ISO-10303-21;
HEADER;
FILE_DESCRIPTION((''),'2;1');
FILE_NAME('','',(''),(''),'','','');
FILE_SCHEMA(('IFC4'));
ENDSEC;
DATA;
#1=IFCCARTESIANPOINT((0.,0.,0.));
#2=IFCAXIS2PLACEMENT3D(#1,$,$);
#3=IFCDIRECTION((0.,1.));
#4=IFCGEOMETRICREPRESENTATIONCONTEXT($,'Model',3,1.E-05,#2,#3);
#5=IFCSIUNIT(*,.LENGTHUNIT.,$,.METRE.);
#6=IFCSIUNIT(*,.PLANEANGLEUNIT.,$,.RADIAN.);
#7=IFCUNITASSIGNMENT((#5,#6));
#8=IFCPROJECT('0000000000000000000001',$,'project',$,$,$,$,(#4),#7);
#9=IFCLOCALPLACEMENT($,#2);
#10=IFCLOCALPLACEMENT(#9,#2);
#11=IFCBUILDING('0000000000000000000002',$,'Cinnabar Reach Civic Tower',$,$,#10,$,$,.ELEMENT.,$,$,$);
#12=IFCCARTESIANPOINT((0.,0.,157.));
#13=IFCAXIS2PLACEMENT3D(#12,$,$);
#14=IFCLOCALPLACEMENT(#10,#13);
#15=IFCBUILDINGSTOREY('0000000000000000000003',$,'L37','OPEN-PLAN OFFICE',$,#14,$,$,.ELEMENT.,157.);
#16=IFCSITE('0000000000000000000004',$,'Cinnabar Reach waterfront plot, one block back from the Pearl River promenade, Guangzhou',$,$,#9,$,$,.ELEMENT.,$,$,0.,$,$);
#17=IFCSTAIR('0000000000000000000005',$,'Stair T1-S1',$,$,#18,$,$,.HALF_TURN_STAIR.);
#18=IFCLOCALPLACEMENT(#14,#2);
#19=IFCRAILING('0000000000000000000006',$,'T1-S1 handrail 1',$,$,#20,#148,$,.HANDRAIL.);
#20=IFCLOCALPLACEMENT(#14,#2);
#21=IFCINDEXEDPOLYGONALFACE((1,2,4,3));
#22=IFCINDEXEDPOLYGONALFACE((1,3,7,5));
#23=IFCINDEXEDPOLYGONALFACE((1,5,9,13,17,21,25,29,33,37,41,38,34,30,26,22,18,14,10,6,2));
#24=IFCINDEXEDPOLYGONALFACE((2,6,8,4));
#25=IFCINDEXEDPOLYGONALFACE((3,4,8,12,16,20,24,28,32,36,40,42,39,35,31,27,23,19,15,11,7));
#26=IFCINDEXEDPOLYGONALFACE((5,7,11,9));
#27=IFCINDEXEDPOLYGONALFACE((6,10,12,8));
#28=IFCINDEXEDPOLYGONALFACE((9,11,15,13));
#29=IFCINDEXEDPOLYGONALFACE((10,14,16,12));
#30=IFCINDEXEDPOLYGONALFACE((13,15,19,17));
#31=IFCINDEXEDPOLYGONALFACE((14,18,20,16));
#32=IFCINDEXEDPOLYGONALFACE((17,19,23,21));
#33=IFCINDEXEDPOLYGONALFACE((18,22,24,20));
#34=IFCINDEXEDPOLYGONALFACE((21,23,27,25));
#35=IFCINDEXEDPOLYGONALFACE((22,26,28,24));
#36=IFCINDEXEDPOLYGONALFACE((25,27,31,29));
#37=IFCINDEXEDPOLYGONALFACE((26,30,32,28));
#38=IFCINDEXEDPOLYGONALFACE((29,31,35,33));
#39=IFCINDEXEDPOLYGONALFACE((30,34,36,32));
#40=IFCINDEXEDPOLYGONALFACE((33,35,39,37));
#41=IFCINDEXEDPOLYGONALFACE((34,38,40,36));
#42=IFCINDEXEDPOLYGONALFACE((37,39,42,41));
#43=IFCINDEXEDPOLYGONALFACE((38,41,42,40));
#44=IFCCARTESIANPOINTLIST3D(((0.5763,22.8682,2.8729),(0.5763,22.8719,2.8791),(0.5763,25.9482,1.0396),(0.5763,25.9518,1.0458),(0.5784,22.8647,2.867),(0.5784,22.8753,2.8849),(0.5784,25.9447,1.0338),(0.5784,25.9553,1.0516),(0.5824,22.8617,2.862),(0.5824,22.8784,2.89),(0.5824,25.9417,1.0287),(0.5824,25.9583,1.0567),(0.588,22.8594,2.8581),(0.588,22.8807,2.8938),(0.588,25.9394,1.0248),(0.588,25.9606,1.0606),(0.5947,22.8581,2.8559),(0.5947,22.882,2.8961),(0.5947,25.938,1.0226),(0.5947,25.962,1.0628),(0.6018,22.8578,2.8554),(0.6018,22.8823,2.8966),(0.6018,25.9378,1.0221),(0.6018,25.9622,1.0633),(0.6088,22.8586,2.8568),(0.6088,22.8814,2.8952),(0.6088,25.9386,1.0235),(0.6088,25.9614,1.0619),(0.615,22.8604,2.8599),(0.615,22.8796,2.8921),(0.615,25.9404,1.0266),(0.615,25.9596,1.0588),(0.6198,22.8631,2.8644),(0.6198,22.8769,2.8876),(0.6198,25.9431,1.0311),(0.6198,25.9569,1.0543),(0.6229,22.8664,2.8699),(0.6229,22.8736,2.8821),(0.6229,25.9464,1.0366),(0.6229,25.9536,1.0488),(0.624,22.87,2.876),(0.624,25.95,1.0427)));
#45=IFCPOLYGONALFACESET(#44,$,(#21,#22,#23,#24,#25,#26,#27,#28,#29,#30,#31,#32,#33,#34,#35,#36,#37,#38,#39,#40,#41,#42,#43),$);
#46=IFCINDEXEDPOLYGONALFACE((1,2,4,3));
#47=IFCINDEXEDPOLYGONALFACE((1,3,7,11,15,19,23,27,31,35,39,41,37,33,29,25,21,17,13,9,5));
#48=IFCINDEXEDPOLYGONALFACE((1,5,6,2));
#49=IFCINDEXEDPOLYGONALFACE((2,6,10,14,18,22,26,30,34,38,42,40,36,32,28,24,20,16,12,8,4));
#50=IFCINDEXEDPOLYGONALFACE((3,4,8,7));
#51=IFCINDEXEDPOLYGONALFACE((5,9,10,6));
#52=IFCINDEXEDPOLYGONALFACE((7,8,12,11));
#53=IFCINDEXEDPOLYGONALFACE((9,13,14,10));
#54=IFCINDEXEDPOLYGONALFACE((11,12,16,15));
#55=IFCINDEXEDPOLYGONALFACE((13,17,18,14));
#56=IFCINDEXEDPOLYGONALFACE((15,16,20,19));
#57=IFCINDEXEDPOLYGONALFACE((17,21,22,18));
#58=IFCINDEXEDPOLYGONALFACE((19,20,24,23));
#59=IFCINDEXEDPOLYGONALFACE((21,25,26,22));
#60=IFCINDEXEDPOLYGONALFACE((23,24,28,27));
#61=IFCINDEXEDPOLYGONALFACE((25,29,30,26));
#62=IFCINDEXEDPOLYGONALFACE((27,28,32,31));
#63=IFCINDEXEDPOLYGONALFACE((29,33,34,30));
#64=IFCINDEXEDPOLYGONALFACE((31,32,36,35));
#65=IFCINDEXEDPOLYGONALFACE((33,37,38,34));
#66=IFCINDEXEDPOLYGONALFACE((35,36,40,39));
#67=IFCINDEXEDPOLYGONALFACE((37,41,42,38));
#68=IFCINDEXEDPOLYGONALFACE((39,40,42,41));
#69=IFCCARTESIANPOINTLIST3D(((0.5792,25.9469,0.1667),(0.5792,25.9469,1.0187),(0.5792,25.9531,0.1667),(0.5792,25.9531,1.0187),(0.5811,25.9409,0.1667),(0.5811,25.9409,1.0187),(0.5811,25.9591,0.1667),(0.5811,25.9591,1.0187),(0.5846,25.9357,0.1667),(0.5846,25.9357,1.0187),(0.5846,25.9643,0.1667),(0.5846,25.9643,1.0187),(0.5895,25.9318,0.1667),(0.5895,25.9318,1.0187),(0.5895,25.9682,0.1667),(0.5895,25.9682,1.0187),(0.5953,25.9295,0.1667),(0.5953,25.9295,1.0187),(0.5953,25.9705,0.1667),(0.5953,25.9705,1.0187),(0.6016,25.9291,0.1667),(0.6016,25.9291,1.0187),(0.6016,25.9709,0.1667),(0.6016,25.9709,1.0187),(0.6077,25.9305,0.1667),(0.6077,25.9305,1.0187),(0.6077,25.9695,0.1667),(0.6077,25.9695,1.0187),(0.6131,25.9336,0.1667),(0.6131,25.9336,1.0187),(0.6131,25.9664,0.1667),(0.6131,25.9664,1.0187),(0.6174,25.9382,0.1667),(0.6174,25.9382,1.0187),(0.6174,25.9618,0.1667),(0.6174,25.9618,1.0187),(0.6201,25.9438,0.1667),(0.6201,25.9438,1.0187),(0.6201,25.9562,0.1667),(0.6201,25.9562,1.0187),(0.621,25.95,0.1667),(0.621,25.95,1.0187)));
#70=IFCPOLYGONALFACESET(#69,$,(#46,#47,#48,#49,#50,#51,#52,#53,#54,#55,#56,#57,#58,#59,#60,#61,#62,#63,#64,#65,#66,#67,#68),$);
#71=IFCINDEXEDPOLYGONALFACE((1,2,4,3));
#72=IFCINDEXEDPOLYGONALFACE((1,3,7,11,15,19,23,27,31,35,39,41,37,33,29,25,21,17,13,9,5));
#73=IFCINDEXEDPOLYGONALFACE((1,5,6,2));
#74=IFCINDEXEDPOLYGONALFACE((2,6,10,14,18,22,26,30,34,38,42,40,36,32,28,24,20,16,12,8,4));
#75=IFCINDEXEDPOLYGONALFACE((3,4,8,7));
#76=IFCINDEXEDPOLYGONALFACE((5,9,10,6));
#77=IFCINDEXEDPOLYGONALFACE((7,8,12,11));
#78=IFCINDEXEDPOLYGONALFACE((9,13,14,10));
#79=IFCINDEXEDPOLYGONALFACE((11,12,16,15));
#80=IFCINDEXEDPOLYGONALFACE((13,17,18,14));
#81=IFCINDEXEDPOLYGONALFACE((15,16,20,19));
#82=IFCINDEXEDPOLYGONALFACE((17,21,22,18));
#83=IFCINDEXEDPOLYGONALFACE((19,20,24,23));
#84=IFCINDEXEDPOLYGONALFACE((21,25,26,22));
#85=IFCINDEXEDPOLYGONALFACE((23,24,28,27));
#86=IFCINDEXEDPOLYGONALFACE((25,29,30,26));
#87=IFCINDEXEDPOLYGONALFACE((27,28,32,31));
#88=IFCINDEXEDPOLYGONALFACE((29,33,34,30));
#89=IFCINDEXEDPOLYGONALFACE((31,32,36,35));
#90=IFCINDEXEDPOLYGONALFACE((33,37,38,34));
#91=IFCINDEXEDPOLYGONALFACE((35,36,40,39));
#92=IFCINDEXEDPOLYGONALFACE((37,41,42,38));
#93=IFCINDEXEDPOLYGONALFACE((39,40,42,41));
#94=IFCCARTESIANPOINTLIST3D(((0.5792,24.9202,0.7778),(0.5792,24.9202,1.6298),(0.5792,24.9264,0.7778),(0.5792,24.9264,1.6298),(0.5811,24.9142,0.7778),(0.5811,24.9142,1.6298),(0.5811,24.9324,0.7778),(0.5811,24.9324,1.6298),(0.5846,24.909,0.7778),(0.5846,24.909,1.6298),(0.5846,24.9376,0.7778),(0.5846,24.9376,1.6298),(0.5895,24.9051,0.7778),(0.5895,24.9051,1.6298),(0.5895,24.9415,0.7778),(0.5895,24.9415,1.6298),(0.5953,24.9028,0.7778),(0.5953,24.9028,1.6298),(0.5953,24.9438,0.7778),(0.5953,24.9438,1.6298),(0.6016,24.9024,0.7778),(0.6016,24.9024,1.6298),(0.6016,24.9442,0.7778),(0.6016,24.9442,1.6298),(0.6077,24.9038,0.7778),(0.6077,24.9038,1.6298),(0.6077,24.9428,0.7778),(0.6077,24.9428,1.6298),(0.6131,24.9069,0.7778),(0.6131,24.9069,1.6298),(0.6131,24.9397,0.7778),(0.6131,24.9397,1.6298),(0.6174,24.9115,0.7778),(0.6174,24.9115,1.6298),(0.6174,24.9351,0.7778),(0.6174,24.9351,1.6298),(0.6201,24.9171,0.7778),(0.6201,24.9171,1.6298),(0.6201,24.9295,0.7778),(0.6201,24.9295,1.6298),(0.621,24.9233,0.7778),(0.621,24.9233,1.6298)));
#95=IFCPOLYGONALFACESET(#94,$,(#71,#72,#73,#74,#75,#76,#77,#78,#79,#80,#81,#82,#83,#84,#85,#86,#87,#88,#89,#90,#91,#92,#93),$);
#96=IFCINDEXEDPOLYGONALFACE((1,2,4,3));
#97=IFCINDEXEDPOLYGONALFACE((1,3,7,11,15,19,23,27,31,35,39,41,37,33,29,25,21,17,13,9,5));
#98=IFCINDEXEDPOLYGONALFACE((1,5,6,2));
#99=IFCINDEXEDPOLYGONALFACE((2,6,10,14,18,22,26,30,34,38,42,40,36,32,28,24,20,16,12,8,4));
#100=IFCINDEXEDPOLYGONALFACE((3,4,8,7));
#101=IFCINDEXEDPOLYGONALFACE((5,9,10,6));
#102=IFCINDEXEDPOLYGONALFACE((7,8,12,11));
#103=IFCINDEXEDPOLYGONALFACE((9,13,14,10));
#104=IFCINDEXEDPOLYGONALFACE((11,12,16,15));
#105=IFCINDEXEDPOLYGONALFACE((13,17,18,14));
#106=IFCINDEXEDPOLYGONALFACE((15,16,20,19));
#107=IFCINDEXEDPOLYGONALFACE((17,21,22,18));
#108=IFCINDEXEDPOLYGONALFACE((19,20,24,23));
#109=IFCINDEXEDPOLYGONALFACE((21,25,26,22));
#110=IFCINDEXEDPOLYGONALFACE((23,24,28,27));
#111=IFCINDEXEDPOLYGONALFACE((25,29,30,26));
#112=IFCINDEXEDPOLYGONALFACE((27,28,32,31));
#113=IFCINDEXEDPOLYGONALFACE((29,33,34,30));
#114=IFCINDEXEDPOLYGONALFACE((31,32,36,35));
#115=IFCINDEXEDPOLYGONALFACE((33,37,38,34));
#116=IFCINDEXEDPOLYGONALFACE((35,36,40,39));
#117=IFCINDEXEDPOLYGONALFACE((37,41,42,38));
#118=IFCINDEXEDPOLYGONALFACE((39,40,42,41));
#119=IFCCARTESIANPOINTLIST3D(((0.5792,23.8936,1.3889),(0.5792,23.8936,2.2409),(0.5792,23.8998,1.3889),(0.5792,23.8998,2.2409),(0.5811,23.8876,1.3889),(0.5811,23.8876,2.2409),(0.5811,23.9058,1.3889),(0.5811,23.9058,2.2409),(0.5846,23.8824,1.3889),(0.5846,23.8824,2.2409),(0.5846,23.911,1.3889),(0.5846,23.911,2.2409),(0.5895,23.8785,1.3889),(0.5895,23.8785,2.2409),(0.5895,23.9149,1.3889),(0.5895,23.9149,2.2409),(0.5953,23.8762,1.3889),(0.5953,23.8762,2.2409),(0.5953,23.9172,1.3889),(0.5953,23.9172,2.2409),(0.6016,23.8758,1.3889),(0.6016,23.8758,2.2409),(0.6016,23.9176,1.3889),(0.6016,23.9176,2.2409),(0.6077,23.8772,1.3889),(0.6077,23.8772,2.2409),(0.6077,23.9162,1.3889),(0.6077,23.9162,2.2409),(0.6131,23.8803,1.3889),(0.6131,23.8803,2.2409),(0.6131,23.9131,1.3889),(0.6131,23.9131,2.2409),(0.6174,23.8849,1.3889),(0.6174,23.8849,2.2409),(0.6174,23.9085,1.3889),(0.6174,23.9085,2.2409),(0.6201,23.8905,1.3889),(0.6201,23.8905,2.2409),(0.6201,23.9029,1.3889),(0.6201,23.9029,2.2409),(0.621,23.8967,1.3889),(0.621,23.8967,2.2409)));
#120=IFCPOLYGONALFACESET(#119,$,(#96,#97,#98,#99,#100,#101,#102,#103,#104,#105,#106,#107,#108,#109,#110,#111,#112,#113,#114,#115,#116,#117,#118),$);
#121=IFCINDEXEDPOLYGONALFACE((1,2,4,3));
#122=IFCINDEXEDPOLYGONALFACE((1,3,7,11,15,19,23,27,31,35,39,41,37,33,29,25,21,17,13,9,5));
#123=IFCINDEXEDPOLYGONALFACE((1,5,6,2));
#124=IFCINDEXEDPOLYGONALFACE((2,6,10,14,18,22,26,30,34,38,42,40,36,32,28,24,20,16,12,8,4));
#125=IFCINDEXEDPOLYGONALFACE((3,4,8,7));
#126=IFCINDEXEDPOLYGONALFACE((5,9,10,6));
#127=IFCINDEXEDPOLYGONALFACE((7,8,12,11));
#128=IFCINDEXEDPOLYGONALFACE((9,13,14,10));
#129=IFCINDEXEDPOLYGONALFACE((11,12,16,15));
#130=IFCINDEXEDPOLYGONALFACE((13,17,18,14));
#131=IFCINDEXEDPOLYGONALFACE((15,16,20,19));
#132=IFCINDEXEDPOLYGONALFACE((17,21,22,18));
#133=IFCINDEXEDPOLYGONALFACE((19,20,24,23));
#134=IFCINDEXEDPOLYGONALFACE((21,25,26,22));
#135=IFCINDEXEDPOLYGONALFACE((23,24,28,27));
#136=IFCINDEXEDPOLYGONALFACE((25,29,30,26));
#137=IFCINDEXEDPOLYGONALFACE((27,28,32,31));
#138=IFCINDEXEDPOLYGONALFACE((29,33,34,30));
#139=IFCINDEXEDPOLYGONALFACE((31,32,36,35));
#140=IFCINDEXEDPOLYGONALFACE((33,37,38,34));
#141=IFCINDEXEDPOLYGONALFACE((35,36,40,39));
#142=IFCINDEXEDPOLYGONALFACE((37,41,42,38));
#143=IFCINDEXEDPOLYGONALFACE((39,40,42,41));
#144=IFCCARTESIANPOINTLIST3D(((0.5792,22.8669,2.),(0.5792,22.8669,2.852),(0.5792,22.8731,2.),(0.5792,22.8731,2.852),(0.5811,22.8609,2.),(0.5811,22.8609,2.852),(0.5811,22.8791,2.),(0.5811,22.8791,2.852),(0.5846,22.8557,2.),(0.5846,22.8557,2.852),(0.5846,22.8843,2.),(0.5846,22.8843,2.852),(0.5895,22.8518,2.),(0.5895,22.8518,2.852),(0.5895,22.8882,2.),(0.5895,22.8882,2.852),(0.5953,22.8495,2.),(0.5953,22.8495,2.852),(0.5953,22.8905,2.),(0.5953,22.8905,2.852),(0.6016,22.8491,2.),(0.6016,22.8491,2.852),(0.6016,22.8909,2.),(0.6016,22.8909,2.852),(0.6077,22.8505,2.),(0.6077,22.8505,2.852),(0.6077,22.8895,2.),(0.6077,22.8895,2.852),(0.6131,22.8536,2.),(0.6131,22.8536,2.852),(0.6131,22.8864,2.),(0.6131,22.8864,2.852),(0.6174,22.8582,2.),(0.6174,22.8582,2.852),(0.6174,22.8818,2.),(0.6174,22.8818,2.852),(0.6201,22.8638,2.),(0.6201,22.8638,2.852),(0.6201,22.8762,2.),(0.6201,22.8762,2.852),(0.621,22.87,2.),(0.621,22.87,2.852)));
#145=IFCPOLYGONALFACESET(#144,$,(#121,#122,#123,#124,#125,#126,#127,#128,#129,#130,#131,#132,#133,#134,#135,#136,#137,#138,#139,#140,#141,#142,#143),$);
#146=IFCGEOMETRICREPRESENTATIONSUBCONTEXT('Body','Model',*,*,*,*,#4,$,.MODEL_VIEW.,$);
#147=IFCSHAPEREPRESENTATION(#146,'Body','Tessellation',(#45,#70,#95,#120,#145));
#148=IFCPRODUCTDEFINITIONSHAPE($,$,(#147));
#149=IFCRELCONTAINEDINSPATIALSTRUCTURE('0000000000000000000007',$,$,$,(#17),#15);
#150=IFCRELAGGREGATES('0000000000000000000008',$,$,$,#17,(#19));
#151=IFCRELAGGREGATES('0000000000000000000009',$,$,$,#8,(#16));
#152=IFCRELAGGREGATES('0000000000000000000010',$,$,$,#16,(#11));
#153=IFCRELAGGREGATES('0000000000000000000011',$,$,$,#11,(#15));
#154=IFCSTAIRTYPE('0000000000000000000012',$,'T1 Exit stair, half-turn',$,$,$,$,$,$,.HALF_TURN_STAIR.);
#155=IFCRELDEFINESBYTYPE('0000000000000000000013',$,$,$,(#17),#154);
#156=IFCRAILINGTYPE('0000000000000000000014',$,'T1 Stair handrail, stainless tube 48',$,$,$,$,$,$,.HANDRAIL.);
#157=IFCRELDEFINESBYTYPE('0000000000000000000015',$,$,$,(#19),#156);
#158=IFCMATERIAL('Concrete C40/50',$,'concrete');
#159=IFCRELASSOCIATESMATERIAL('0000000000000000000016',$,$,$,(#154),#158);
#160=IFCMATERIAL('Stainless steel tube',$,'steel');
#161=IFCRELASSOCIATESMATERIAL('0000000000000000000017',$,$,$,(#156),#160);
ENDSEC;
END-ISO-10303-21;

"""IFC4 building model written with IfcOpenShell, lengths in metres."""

from ifc_helpers import new_model, si_unit, direction, frame, origin, origin_2d, place, context, subcontext, project, spatial, circle, extrude, material, type_object, element, aggregate, save


model = new_model("IFC4")

# Units and contexts
model_context = context("Model", 3, precision=1e-05, world=origin(), true_north=direction((0.0, 1.0)))
body_context = subcontext(model_context, "Body", "Model", "MODEL_VIEW")
ifc_project = project(units=[si_unit("LENGTHUNIT", "METRE"), si_unit("PLANEANGLEUNIT", "RADIAN")], contexts=[model_context])

# Site, building, storey
site_placement = place(None, origin())
site = spatial("IfcSite", under=ifc_project, at=site_placement, Name="Cinnabar Reach waterfront plot, one block back from the Pearl River promenade, Guangzhou", CompositionType="ELEMENT", RefElevation=0.0)
building_placement = place(site_placement, origin())
building = spatial("IfcBuilding", under=site, at=building_placement, Name="Cinnabar Reach Civic Tower", CompositionType="ELEMENT")
storey_placement = place(building_placement, frame((0.0, 0.0, 157.0)))
storey = spatial("IfcBuildingStorey", under=building, at=storey_placement, Name="L37", Description="OPEN-PLAN OFFICE", CompositionType="ELEMENT", Elevation=157.0)

# Shared definitions
ifc_material_1 = material(Name="Concrete C40/50", Category="concrete")

# Stair, railing
stair_type = type_object("IfcStairType", Name="T1 Exit stair, half-turn", PredefinedType="HALF_TURN_STAIR", material=ifc_material_1)
stair_placement = place(storey_placement, origin())
stair = element("IfcStair", 1, at=stair_placement, inside=storey, type_object=stair_type, Name="Stair T1-S1", PredefinedType="HALF_TURN_STAIR")
ifc_material_2 = material(Name="Stainless steel tube", Category="steel")
railing_type = type_object("IfcRailingType", Name="T1 Stair handrail, stainless tube 48", PredefinedType="HANDRAIL", material=ifc_material_2)
railing_1_placement = place(storey_placement, frame((0.6, 25.95, 0.1667)))
railing_1 = element("IfcRailing", 2, at=railing_1_placement, type_object=railing_type, Name="T1-S1 handrail 1", PredefinedType="HANDRAIL", context=body_context, shape_type="SweptSolid", body=[
    extrude(circle(Radius=0.024, at=origin_2d()), frame((0.0, 0.0, 0.876), z_axis=(0.0, -0.859297, 0.511477), x_axis=(1.0, 0.0, 0.0)), (0.0, 0.0, 1.0), 3.5843),
    extrude(circle(Radius=0.021, at=origin_2d()), origin(), (0.0, 0.0, 1.0), 0.852),
    extrude(circle(Radius=0.021, at=origin_2d()), frame((0.0, -1.0267, 0.6111)), (0.0, 0.0, 1.0), 0.852),
    extrude(circle(Radius=0.021, at=origin_2d()), frame((0.0, -2.0533, 1.2222)), (0.0, 0.0, 1.0), 0.852),
    extrude(circle(Radius=0.021, at=origin_2d()), frame((0.0, -3.08, 1.8333)), (0.0, 0.0, 1.0), 0.852),
])
aggregate(stair, [railing_1])

save(model, "model.ifc")
